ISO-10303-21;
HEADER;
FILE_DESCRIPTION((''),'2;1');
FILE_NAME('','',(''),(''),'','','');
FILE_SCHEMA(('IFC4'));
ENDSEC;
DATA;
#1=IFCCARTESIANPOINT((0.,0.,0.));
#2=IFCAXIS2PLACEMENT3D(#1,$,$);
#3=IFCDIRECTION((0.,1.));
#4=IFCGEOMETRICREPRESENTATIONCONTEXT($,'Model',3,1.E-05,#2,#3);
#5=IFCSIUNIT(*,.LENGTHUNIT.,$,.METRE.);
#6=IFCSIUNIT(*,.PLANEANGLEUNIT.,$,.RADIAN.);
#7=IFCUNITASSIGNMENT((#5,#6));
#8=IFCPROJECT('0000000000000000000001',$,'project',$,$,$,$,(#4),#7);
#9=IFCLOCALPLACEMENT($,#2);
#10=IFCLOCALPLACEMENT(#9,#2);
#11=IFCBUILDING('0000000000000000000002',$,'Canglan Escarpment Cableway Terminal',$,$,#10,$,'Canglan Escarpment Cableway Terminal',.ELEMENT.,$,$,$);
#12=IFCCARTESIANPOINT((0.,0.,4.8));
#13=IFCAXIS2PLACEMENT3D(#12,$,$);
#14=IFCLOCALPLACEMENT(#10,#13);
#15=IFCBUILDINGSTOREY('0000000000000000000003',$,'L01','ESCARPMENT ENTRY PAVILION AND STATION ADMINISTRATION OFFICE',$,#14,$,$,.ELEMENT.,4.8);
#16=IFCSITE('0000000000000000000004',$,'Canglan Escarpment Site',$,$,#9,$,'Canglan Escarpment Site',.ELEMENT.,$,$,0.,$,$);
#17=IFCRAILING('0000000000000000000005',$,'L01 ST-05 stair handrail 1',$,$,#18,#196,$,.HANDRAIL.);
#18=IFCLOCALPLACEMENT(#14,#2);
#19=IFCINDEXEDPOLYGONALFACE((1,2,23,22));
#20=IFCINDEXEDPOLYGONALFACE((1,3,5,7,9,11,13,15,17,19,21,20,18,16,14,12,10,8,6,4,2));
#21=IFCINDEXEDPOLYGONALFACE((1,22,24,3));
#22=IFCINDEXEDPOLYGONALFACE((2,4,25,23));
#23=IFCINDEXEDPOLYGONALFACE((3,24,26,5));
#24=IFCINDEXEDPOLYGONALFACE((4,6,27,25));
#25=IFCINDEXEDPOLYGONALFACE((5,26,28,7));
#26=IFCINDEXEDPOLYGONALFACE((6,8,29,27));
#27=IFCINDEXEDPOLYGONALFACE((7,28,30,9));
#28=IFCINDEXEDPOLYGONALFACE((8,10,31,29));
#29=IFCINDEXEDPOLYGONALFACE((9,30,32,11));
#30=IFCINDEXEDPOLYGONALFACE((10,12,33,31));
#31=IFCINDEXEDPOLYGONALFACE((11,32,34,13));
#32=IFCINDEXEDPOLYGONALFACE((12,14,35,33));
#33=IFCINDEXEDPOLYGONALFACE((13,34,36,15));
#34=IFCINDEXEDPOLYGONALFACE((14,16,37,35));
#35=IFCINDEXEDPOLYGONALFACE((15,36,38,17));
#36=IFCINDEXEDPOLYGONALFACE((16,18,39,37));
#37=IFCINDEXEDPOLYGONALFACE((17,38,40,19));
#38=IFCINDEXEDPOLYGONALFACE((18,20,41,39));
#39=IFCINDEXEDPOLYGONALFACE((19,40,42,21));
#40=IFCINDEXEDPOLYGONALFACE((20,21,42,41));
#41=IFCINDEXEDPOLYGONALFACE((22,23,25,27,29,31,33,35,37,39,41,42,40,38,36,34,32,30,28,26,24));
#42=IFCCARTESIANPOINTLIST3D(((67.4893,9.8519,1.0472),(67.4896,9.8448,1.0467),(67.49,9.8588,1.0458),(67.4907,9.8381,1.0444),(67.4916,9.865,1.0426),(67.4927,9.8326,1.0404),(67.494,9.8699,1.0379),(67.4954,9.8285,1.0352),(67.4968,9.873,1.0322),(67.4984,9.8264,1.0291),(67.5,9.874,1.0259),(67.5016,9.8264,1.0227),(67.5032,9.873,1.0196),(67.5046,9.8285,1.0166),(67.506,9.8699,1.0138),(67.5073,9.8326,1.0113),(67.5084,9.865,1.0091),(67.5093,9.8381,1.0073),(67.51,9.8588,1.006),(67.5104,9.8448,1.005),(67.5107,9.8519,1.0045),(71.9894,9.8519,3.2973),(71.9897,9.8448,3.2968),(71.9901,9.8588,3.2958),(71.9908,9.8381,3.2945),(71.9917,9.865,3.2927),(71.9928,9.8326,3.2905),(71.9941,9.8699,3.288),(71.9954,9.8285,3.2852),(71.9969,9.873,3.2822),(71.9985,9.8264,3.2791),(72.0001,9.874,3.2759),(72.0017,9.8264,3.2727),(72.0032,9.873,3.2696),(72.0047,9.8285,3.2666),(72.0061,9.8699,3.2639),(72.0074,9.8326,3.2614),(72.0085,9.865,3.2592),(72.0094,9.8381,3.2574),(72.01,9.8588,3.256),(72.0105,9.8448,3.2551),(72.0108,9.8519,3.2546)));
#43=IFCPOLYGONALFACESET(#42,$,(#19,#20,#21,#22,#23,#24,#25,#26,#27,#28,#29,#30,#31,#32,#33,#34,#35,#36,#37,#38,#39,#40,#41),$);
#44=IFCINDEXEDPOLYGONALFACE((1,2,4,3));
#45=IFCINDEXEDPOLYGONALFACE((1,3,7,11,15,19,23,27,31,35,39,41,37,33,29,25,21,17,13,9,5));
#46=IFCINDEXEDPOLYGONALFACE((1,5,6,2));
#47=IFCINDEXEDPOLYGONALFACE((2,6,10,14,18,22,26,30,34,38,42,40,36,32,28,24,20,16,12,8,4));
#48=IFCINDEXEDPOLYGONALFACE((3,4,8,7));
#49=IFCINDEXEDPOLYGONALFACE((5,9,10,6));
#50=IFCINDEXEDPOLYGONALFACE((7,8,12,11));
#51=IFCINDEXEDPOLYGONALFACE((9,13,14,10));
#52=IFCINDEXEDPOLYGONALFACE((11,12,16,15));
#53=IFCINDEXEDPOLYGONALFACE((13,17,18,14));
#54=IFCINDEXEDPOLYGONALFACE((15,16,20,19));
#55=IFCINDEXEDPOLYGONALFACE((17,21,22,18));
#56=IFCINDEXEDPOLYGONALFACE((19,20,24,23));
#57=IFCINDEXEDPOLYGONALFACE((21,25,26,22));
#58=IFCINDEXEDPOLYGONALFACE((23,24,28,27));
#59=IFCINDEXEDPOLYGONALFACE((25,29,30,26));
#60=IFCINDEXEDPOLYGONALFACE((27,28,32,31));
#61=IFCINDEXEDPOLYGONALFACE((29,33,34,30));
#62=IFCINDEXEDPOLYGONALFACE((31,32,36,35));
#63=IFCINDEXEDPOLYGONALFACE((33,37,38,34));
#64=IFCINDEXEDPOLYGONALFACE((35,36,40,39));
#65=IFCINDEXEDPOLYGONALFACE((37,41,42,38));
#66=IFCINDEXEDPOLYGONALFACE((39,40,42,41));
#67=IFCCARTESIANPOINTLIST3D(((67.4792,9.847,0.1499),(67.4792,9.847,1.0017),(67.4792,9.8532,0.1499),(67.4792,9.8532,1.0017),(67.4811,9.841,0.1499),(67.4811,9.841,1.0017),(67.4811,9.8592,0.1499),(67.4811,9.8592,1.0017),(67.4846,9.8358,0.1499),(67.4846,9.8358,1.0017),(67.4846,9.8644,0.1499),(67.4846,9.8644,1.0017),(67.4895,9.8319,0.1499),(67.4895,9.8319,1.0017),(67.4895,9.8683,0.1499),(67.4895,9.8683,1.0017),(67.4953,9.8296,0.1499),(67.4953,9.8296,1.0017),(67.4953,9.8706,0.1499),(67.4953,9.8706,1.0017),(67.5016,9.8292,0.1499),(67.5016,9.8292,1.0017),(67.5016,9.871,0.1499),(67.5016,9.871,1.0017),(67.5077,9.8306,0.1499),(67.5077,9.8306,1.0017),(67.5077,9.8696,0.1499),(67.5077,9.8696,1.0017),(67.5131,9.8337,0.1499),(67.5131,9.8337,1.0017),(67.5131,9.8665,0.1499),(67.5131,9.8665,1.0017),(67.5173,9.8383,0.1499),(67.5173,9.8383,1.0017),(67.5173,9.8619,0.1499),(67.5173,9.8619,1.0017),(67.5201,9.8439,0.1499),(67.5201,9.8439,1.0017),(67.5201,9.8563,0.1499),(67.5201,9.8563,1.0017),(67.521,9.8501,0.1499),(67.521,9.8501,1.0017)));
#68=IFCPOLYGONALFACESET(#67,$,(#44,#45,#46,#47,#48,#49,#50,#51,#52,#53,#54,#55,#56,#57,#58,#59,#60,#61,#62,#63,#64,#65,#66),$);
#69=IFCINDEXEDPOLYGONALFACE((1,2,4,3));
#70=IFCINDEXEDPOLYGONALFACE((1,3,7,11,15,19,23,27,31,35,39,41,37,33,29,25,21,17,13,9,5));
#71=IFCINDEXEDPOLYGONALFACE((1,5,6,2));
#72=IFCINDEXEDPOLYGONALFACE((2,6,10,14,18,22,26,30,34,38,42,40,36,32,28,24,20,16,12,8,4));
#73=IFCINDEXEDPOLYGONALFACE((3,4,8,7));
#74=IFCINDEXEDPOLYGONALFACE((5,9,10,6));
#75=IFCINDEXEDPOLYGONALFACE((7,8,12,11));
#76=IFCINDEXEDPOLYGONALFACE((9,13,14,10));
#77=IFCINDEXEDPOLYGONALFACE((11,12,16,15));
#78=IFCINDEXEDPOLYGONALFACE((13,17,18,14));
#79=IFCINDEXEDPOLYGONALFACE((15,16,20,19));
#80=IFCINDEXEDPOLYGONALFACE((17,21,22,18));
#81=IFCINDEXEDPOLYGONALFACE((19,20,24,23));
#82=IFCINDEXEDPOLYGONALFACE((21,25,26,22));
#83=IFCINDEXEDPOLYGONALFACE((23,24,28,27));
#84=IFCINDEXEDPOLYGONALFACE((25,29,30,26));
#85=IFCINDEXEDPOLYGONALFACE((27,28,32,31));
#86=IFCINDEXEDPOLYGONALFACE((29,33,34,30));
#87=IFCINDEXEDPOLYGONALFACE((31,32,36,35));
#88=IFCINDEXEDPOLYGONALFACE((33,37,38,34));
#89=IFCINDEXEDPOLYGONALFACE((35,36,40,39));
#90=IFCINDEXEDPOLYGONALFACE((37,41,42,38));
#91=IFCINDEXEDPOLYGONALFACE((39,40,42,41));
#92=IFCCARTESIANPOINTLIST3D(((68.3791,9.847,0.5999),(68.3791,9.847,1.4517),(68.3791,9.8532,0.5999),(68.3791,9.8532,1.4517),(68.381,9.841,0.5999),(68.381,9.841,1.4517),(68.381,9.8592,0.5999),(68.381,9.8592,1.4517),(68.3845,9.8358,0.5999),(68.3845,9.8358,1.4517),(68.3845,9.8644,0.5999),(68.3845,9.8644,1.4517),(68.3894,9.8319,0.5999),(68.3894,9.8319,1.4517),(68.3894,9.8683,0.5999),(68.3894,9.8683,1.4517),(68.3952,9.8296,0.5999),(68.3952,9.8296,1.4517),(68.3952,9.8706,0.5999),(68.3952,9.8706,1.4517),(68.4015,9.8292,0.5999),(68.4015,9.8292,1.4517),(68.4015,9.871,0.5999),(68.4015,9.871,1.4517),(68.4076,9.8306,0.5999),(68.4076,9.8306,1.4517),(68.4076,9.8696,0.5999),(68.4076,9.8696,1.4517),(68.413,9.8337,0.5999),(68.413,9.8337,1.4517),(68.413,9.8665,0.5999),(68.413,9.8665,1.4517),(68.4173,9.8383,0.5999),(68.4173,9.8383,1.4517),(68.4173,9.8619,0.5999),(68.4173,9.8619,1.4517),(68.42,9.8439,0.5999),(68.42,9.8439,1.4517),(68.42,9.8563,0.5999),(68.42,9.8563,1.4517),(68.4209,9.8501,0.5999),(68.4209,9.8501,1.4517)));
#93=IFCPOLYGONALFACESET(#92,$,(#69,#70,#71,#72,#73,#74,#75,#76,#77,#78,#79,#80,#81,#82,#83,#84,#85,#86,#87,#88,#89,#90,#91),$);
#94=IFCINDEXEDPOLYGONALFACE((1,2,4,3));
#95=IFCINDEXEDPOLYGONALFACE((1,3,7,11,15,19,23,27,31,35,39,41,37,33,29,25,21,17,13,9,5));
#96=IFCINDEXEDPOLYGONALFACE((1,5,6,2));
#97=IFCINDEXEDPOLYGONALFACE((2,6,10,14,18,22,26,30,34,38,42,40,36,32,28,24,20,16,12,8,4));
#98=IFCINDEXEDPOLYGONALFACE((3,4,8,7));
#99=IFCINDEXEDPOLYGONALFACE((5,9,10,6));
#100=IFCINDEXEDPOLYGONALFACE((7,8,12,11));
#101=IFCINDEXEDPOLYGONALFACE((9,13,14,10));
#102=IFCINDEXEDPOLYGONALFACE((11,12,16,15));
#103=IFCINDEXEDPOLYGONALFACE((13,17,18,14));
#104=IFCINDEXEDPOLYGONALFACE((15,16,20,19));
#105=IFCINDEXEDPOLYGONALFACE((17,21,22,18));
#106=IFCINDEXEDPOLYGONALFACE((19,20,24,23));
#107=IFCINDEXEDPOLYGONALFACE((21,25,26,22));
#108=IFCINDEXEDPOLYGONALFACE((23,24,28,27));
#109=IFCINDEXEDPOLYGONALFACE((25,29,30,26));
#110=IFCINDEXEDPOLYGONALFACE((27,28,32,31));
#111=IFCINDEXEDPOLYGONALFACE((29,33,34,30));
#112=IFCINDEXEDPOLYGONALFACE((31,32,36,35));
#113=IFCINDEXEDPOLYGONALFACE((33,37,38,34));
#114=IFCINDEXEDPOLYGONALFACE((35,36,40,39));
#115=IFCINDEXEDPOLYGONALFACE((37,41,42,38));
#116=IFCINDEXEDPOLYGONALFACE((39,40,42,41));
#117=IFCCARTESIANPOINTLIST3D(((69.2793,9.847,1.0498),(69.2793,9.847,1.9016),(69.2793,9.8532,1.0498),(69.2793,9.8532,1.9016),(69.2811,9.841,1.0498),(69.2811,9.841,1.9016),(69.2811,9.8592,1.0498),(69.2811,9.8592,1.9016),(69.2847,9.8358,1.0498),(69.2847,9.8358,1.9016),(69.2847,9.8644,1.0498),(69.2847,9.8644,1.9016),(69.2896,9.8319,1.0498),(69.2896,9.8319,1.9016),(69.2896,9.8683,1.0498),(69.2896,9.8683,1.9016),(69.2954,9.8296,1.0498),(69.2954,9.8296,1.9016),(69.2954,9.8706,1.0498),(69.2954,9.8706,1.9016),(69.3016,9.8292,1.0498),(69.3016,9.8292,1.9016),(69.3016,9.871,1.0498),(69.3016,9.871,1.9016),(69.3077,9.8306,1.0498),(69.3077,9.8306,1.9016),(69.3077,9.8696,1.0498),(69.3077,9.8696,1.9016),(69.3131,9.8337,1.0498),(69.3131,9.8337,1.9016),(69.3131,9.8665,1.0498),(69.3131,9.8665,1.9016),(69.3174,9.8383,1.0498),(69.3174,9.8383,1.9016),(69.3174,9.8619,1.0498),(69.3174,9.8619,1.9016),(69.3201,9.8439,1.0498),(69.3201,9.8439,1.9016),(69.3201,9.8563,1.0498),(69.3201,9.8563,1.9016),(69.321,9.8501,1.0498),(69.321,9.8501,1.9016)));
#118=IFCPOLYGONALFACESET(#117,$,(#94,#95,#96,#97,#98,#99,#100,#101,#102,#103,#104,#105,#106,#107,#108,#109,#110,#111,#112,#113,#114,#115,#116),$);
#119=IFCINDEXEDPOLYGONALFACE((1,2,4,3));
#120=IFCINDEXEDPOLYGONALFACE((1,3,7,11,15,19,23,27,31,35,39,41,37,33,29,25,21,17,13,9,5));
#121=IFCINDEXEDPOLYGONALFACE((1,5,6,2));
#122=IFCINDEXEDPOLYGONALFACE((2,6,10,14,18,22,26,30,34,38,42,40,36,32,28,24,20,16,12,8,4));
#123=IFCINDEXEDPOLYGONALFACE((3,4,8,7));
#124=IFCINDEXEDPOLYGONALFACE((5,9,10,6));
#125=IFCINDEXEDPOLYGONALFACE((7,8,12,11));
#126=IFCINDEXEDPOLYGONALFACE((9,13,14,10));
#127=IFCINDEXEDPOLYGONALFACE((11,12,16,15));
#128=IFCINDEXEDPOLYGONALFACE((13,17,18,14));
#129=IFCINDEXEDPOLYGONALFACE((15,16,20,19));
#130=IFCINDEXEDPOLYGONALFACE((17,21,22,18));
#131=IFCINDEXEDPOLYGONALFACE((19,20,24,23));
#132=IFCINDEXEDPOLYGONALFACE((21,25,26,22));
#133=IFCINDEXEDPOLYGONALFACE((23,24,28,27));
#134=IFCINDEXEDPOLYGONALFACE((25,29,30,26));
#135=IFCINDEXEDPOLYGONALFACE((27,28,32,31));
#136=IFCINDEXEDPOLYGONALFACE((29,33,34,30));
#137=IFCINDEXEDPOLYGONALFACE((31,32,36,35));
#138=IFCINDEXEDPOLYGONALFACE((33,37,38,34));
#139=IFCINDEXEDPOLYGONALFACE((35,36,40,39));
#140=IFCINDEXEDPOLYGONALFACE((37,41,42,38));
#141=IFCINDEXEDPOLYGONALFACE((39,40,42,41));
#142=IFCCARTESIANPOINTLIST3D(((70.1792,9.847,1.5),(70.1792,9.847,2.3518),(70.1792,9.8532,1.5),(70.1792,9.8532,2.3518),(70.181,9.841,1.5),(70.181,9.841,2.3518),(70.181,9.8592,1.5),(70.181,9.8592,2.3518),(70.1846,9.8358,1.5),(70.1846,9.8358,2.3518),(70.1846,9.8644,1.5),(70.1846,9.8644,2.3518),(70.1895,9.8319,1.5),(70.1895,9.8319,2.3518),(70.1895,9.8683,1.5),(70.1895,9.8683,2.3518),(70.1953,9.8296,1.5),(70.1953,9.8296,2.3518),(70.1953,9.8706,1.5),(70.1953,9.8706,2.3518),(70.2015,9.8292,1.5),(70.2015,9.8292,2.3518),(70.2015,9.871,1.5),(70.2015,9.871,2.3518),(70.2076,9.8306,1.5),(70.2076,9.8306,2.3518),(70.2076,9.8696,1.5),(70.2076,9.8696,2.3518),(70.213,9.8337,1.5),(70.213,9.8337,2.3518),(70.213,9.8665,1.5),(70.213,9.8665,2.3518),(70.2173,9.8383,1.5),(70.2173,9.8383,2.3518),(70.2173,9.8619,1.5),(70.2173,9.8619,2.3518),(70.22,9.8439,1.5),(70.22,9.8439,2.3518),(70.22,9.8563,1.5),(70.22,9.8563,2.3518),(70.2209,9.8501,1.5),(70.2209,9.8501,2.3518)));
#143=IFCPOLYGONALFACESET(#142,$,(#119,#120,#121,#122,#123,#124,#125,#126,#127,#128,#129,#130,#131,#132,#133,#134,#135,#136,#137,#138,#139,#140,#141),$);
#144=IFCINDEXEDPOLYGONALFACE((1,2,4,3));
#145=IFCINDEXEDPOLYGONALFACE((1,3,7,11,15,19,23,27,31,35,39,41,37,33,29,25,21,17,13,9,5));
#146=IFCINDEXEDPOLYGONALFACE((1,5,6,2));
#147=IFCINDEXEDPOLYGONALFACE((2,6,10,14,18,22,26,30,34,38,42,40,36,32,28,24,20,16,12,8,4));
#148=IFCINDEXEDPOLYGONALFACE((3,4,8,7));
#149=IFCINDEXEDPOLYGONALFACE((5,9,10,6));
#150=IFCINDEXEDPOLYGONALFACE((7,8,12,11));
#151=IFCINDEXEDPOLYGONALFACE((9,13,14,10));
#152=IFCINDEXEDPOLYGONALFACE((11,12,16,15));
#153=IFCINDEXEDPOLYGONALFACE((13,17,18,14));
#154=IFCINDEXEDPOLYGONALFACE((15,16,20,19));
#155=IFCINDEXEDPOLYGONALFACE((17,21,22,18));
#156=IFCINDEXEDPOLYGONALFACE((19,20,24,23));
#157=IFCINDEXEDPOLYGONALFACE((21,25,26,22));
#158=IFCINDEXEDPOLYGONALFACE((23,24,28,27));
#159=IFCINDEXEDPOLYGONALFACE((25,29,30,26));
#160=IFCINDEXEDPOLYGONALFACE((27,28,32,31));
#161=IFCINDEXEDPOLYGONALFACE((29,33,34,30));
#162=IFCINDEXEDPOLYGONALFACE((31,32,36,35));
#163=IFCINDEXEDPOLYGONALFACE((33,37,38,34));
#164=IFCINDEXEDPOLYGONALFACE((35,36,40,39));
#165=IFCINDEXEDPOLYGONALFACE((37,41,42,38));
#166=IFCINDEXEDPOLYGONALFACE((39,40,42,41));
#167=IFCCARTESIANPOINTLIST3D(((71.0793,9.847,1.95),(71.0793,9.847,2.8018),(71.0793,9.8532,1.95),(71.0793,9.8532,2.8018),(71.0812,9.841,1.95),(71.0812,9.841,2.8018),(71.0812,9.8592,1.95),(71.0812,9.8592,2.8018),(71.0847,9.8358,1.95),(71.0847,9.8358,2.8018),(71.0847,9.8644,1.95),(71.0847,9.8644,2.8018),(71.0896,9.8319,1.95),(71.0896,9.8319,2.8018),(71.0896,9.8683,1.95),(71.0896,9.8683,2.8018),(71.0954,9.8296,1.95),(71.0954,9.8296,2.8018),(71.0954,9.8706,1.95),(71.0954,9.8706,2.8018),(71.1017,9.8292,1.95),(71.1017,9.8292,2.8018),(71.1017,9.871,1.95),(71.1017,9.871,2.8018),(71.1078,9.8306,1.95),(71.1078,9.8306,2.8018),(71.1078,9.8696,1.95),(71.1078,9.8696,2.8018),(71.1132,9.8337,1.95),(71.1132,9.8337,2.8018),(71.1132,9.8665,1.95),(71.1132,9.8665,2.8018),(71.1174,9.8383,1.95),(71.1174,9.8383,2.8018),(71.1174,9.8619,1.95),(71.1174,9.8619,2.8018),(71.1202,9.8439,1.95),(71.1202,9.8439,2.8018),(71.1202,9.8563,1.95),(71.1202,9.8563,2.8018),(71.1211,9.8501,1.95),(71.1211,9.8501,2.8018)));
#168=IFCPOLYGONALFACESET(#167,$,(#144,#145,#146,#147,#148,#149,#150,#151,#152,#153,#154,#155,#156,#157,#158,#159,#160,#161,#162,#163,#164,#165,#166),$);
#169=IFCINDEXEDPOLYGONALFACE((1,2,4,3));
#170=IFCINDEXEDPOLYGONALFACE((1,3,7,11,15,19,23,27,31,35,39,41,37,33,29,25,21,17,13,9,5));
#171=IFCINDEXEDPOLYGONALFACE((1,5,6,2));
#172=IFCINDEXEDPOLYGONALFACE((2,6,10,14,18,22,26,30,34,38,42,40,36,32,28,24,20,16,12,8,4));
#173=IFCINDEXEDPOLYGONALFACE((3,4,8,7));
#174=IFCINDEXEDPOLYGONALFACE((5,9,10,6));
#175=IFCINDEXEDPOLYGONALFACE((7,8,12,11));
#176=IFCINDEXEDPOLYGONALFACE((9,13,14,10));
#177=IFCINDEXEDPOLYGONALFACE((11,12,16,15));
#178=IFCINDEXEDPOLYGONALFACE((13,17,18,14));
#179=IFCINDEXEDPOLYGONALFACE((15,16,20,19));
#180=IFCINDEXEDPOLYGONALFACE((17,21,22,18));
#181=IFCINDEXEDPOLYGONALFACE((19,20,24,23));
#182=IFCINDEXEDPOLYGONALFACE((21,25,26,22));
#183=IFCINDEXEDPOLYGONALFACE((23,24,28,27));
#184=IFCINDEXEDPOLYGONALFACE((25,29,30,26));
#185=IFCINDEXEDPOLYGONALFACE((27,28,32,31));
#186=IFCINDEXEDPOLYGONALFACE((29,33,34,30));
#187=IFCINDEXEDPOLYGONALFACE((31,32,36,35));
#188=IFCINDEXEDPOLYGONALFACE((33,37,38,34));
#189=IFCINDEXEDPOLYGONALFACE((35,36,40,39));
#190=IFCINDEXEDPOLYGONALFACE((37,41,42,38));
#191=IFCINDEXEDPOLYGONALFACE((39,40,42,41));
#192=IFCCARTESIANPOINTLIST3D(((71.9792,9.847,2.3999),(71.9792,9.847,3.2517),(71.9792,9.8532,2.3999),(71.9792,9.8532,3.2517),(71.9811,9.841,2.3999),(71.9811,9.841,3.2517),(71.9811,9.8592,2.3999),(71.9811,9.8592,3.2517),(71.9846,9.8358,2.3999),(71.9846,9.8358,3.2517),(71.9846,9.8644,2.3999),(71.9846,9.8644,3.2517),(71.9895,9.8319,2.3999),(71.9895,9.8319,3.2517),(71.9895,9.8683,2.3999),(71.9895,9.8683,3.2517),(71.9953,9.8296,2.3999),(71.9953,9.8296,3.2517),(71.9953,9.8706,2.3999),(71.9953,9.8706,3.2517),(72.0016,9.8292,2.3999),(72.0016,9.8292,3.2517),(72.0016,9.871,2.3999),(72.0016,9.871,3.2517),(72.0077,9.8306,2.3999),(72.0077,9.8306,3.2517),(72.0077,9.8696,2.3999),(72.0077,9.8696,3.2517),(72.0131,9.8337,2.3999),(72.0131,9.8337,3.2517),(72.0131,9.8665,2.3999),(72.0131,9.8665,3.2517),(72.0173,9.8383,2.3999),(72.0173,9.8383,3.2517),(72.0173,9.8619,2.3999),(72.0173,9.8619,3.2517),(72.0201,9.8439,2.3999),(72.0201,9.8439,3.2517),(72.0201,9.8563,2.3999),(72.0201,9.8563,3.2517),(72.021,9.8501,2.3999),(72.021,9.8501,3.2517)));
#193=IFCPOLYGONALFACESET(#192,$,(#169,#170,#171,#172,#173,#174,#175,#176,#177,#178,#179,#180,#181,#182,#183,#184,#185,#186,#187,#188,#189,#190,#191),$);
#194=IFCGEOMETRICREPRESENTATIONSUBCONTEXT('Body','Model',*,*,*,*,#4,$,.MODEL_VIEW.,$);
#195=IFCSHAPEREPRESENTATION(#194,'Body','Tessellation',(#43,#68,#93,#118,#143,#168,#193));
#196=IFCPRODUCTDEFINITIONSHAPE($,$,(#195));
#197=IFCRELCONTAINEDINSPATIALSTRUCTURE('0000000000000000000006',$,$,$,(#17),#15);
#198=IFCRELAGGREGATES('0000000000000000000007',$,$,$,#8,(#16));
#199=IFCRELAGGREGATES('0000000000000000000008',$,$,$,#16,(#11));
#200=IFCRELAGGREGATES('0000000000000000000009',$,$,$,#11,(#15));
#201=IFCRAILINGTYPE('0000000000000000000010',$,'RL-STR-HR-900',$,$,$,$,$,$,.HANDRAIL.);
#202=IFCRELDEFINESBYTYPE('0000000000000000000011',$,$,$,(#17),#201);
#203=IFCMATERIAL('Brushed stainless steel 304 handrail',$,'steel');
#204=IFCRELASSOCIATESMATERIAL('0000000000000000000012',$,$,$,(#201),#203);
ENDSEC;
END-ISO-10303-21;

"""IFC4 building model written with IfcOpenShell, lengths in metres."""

from ifc_helpers import new_model, si_unit, direction, frame, origin, origin_2d, place, context, subcontext, project, spatial, circle, extrude, material, type_object, element, save


model = new_model("IFC4")

# Units and contexts
model_context = context("Model", 3, precision=1e-05, world=origin(), true_north=direction((0.0, 1.0)))
body_context = subcontext(model_context, "Body", "Model", "MODEL_VIEW")
ifc_project = project(units=[si_unit("LENGTHUNIT", "METRE"), si_unit("PLANEANGLEUNIT", "RADIAN")], contexts=[model_context])

# Site, building, storey
site_placement = place(None, origin())
site = spatial("IfcSite", under=ifc_project, at=site_placement, Name="Canglan Escarpment Site", LongName="Canglan Escarpment Site", CompositionType="ELEMENT", RefElevation=0.0)
building_placement = place(site_placement, origin())
building = spatial("IfcBuilding", under=site, at=building_placement, Name="Canglan Escarpment Cableway Terminal", LongName="Canglan Escarpment Cableway Terminal", CompositionType="ELEMENT")
storey_placement = place(building_placement, frame((0.0, 0.0, 4.8)))
storey = spatial("IfcBuildingStorey", under=building, at=storey_placement, Name="L01", Description="ESCARPMENT ENTRY PAVILION AND STATION ADMINISTRATION OFFICE", CompositionType="ELEMENT", Elevation=4.8)

# Railing
ifc_material_1 = material(Name="Brushed stainless steel 304 handrail", Category="steel")
railing_type_1 = type_object("IfcRailingType", Name="RL-STR-HR-900", PredefinedType="HANDRAIL", material=ifc_material_1)
for number, where, name in (
    (1, (67.5, 9.8501, 0.1499), "L01 ST-05 stair handrail 1"),
):
    element("IfcRailing", number, at=place(storey_placement, frame(where)), inside=storey, type_object=railing_type_1, Name=name, PredefinedType="HANDRAIL", context=body_context, shape_type="SweptSolid", body=[
        extrude(circle(Radius=0.0239, at=origin_2d()), frame((0.0, 0.0, 0.876), z_axis=(0.894427, 0.0, 0.447214), x_axis=(0.0, 1.0, 0.0)), (0.0, 0.0, 1.0), 5.0312),
        extrude(circle(Radius=0.021, at=origin_2d()), origin(), (0.0, 0.0, 1.0), 0.8518),
        extrude(circle(Radius=0.021, at=origin_2d()), frame((0.8999, 0.0, 0.45)), (0.0, 0.0, 1.0), 0.8518),
        extrude(circle(Radius=0.021, at=origin_2d()), frame((1.8, 0.0, 0.8999)), (0.0, 0.0, 1.0), 0.8518),
        extrude(circle(Radius=0.021, at=origin_2d()), frame((2.7, 0.0, 1.3501)), (0.0, 0.0, 1.0), 0.8518),
        extrude(circle(Radius=0.021, at=origin_2d()), frame((3.6001, 0.0, 1.8)), (0.0, 0.0, 1.0), 0.8518),
        extrude(circle(Radius=0.021, at=origin_2d()), frame((4.5, 0.0, 2.25)), (0.0, 0.0, 1.0), 0.8518),
    ])

save(model, "model.ifc")
